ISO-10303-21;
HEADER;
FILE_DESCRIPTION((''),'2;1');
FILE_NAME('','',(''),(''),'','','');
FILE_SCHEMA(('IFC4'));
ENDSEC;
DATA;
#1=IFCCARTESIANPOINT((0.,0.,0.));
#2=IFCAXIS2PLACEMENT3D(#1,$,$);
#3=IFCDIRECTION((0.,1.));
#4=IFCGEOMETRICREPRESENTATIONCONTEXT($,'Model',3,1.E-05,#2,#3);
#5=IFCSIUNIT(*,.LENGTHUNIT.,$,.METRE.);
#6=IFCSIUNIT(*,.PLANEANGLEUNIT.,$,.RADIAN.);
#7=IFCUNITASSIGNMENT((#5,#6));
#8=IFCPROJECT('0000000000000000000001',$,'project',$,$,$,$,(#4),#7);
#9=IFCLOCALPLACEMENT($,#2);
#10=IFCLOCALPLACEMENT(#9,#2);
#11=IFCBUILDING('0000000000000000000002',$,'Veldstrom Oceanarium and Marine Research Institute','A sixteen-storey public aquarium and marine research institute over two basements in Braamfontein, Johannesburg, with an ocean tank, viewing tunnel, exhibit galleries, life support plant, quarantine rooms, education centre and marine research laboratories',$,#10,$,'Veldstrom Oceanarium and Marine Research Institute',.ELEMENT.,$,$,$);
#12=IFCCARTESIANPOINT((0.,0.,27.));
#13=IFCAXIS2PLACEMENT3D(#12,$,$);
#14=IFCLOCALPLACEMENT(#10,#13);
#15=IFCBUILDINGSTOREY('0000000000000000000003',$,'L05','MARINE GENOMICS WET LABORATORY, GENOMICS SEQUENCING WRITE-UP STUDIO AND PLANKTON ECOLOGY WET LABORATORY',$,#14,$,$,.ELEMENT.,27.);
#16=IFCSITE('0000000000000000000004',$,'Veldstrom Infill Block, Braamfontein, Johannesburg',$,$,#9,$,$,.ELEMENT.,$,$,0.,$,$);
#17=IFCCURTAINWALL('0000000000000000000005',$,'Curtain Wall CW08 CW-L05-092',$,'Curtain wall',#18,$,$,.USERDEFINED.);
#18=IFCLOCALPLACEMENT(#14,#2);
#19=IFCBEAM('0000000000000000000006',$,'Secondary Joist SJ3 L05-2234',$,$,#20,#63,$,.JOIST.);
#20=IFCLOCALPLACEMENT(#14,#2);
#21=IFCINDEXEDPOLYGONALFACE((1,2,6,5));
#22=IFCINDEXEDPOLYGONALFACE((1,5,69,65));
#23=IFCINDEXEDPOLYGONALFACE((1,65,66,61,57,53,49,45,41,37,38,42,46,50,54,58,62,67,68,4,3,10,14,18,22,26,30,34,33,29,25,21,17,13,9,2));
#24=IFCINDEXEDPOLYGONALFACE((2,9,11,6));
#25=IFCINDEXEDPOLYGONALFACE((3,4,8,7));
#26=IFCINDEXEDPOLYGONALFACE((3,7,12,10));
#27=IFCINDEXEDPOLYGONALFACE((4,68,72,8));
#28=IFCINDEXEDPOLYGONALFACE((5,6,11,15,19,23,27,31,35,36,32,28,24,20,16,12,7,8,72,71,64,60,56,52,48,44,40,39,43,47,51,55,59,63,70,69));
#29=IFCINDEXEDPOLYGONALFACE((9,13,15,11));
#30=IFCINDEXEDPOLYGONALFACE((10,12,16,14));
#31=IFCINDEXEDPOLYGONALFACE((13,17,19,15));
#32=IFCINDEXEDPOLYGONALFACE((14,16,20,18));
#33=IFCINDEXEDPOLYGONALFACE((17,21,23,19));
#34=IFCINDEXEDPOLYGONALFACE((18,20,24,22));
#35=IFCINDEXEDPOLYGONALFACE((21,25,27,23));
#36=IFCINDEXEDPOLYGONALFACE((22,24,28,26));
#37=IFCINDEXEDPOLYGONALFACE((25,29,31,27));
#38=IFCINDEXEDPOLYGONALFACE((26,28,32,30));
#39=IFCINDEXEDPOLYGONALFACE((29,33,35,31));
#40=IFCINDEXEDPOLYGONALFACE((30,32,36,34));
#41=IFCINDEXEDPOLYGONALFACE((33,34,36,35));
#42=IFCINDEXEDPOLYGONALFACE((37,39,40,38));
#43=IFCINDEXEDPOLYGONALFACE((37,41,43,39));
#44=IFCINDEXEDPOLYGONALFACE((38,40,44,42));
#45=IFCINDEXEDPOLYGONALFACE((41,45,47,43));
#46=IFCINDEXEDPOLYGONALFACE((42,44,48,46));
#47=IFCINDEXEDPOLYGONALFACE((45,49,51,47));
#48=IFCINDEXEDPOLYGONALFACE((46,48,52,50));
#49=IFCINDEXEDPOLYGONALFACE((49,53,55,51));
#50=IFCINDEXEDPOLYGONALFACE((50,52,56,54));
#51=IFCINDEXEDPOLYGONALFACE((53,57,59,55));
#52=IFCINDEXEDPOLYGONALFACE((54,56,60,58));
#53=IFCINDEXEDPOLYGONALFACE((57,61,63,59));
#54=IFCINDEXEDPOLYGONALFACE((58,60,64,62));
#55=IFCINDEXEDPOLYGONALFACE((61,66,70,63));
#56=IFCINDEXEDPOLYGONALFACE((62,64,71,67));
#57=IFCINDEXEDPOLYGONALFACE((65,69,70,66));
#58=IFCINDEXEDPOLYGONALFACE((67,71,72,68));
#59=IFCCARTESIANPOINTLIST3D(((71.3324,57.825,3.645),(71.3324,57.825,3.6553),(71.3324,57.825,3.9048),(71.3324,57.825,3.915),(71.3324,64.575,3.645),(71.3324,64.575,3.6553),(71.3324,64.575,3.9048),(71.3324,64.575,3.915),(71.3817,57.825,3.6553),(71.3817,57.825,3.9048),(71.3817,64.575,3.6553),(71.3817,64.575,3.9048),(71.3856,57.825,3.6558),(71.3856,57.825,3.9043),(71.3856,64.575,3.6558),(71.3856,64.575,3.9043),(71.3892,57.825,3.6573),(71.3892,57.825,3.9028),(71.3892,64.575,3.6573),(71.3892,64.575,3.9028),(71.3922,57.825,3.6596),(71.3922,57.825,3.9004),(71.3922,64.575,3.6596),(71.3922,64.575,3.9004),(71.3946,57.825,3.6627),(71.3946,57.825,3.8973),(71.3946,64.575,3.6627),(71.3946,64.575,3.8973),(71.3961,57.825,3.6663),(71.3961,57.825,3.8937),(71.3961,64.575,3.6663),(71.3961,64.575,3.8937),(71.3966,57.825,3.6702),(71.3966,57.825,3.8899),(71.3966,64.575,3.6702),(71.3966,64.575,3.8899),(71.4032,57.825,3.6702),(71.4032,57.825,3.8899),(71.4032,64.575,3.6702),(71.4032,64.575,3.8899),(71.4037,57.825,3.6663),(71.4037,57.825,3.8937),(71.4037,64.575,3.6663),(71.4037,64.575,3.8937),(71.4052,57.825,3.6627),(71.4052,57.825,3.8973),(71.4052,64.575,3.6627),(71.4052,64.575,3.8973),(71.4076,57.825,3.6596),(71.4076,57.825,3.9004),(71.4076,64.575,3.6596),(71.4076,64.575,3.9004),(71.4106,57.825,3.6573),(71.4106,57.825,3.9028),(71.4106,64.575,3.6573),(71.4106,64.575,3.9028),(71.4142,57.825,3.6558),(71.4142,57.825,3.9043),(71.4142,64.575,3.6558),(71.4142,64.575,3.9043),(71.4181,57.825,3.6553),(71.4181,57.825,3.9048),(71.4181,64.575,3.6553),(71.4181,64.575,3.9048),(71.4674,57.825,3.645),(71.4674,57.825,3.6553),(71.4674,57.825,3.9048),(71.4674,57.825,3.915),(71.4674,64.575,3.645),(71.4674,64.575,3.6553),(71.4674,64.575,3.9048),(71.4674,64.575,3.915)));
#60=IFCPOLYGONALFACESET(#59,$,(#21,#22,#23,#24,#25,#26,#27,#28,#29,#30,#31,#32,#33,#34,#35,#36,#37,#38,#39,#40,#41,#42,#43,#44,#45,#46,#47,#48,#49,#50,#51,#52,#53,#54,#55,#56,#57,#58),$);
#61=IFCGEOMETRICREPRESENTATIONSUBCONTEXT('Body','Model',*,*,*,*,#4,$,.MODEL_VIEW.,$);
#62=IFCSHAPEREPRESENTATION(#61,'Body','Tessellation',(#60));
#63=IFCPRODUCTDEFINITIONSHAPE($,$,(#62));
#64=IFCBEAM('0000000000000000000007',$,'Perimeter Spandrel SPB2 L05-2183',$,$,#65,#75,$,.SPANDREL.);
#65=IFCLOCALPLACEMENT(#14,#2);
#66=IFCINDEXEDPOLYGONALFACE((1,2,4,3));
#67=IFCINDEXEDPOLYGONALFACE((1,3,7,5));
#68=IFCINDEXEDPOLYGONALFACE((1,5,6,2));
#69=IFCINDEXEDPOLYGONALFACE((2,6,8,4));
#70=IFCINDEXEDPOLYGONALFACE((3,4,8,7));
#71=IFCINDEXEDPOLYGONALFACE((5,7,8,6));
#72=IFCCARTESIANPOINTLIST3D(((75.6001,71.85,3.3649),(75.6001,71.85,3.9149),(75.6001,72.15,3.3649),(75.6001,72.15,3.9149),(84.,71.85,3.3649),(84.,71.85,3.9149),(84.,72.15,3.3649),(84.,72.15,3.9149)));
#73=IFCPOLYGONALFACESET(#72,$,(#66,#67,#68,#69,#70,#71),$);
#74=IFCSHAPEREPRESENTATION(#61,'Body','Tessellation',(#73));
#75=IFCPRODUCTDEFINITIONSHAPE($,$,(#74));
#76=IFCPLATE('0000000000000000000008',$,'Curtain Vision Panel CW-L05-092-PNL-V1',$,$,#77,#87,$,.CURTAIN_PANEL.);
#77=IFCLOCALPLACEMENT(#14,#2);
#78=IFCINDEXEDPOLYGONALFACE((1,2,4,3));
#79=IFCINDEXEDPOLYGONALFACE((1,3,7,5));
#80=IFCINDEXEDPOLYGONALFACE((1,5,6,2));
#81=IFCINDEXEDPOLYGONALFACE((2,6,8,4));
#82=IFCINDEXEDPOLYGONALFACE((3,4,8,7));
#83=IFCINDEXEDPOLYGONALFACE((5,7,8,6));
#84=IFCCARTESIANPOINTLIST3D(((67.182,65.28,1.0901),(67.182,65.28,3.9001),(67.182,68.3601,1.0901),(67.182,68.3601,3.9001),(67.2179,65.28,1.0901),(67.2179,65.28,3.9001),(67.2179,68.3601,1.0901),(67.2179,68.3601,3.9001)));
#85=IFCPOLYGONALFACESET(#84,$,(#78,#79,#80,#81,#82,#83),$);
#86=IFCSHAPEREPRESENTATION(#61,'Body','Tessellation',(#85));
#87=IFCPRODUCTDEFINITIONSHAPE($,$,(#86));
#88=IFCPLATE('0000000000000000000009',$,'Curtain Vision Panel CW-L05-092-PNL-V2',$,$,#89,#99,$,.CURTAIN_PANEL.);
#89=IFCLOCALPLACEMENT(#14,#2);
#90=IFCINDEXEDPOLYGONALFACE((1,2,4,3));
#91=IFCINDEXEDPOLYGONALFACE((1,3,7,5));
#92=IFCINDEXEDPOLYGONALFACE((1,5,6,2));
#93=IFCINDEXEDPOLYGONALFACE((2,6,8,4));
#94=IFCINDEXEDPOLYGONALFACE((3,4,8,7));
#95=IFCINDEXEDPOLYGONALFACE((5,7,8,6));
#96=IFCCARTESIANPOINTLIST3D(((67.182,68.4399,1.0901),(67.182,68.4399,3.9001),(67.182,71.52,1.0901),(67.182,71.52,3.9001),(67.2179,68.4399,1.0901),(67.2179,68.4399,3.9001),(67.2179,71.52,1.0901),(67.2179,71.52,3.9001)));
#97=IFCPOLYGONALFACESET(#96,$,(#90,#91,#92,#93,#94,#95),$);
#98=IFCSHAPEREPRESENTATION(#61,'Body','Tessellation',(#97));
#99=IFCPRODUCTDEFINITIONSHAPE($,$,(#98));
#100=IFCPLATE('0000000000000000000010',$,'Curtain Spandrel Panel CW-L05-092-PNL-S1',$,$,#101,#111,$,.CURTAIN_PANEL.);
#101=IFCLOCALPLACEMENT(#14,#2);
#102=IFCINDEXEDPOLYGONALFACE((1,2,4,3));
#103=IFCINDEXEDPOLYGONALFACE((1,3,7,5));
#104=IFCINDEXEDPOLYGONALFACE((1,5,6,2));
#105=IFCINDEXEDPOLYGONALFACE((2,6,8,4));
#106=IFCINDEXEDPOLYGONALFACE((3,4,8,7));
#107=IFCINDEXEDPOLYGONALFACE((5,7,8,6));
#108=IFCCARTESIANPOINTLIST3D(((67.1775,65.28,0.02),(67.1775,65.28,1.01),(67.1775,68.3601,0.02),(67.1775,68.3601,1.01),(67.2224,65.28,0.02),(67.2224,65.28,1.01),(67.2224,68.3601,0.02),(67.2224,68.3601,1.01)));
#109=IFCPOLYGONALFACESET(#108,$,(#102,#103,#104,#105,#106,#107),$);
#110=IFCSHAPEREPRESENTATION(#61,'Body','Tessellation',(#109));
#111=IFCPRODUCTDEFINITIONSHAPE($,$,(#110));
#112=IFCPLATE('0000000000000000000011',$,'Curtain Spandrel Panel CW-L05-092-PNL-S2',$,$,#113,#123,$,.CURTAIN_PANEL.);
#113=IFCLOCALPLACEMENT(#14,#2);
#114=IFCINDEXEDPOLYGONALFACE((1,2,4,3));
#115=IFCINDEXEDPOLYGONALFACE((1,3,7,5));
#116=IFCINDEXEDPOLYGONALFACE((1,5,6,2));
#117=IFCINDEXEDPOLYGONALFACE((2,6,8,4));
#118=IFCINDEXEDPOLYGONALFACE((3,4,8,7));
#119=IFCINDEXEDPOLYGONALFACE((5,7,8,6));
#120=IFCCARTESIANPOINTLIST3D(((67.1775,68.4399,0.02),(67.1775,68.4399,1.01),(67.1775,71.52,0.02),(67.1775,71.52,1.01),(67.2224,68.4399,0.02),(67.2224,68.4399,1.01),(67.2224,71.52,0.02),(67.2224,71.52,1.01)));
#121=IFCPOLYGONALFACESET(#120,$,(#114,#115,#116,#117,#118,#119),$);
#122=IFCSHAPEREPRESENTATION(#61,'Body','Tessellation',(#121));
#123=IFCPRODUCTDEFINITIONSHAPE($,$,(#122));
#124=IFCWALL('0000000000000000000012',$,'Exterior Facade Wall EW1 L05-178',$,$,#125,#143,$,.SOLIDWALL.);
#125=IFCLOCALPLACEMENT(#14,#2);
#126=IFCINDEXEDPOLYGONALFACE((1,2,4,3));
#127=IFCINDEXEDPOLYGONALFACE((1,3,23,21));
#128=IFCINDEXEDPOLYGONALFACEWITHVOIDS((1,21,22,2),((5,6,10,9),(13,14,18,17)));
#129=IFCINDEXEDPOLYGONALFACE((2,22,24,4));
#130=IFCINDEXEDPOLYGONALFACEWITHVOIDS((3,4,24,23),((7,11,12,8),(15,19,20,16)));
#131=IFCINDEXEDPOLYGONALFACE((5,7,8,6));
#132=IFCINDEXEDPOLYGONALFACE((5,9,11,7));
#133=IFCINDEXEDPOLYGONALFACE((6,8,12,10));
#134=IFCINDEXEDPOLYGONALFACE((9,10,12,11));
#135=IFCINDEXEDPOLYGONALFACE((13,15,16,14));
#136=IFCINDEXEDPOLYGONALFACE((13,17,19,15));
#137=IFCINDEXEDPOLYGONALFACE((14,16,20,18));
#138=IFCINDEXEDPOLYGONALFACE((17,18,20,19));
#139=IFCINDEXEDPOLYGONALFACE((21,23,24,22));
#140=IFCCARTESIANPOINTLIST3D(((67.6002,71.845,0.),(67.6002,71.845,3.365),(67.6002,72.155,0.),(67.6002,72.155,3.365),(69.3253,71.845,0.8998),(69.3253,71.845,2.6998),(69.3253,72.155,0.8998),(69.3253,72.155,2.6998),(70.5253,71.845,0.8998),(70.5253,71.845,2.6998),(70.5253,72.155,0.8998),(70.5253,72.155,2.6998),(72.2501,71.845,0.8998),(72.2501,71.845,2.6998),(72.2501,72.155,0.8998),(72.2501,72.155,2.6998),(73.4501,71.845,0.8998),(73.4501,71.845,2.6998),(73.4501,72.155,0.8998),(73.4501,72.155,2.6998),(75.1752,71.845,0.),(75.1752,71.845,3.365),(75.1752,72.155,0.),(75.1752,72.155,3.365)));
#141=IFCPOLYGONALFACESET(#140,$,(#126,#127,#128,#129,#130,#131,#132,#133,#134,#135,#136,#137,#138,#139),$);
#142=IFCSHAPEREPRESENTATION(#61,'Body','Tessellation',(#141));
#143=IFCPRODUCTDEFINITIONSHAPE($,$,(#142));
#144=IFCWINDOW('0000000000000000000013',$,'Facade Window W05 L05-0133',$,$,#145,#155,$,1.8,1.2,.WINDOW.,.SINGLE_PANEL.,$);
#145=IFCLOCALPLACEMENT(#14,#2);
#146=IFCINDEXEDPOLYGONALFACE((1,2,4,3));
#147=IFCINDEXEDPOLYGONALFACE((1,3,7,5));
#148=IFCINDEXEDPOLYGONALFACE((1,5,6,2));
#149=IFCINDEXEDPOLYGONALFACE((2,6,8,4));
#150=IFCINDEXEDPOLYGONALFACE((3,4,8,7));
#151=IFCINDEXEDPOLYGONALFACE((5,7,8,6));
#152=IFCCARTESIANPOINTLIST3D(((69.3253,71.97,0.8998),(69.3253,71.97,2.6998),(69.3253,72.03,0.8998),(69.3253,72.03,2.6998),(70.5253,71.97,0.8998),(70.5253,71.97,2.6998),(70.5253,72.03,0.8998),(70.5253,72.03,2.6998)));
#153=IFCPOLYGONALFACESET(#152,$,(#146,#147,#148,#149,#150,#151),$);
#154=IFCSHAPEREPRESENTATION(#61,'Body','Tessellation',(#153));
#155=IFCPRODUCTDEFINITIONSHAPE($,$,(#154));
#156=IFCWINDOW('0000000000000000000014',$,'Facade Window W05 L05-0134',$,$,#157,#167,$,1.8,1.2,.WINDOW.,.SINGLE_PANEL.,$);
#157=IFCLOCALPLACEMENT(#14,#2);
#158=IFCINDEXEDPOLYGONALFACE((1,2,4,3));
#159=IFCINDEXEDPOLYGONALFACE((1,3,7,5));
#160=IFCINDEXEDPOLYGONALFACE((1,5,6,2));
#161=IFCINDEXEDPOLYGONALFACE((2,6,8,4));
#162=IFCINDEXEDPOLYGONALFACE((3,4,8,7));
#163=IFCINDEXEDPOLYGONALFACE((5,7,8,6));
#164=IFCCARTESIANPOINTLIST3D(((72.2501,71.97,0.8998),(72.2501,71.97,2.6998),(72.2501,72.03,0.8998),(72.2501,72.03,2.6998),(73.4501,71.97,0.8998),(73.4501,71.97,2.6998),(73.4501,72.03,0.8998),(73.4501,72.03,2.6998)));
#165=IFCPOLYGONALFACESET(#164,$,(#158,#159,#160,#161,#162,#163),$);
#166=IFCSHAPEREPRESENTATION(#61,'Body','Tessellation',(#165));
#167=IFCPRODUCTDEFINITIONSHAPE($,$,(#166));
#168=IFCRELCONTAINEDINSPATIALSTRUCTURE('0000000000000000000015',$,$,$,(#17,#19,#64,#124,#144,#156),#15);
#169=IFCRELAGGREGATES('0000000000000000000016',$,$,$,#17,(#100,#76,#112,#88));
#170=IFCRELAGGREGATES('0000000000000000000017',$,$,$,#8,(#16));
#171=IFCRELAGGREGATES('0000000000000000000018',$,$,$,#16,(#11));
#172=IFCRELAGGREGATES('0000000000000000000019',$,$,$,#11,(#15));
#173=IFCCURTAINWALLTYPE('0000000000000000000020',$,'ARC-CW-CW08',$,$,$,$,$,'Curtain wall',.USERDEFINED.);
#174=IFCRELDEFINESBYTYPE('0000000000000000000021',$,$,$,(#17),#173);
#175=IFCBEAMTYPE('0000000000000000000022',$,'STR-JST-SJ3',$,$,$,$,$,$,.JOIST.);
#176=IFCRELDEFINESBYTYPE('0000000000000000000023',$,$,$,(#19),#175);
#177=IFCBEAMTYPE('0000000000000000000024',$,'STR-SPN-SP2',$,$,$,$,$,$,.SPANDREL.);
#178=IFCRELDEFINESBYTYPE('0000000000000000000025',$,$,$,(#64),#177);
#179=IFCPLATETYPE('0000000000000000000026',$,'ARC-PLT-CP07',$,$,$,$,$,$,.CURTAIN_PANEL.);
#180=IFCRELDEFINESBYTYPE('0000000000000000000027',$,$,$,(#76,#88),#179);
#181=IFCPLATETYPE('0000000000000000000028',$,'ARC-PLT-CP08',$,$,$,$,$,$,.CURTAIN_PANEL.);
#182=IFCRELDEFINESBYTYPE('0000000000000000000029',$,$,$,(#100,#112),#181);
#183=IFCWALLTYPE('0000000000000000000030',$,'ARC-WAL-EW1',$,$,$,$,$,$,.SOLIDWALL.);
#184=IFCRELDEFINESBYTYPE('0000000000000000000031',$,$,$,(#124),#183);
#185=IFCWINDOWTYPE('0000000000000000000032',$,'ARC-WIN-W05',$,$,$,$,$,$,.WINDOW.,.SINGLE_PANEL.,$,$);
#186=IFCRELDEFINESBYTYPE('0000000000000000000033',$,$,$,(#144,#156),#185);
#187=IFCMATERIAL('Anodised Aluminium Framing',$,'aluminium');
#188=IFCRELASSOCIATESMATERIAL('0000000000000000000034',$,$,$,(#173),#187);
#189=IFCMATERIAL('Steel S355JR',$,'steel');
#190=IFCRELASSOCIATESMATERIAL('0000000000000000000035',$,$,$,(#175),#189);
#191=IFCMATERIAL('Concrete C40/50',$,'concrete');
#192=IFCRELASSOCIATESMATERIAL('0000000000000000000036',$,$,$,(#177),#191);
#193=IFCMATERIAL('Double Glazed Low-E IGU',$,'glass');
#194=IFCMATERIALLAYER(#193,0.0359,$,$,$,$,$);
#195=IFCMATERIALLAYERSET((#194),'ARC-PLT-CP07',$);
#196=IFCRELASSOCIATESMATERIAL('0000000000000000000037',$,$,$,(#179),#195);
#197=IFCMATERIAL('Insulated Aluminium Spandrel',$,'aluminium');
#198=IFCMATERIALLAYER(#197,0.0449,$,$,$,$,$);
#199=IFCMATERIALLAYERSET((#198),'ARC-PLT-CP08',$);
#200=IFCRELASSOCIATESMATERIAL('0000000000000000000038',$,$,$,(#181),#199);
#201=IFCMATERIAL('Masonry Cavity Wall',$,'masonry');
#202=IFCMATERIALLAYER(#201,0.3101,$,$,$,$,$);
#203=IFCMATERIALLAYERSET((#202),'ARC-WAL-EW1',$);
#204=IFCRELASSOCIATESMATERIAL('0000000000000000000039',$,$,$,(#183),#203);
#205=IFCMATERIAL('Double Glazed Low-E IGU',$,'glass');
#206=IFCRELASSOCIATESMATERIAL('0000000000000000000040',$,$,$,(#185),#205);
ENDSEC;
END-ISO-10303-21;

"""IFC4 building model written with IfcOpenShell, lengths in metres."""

from ifc_helpers import new_model, si_unit, direction, frame, frame_2d, origin, origin_2d, place, context, subcontext, project, spatial, rectangle, i_section, extrude, material, layer, layer_set, material_profile, profile_set, type_object, element, fill, aggregate, save


model = new_model("IFC4")

# Units and contexts
model_context = context("Model", 3, precision=1e-05, world=origin(), true_north=direction((0.0, 1.0)))
body_context = subcontext(model_context, "Body", "Model", "MODEL_VIEW")
ifc_project = project(units=[si_unit("LENGTHUNIT", "METRE"), si_unit("PLANEANGLEUNIT", "RADIAN")], contexts=[model_context])

# Site, building, storey
site_placement = place(None, origin())
site = spatial("IfcSite", under=ifc_project, at=site_placement, Name="Veldstrom Infill Block, Braamfontein, Johannesburg", CompositionType="ELEMENT", RefElevation=0.0)
building_placement = place(site_placement, origin())
building = spatial("IfcBuilding", under=site, at=building_placement, Name="Veldstrom Oceanarium and Marine Research Institute", Description="A sixteen-storey public aquarium and marine research institute over two basements in Braamfontein, Johannesburg, with an ocean tank, viewing tunnel, exhibit galleries, life support plant, quarantine rooms, education centre and marine research laboratories", LongName="Veldstrom Oceanarium and Marine Research Institute", CompositionType="ELEMENT")
storey_placement = place(building_placement, frame((0.0, 0.0, 27.0)))
storey = spatial("IfcBuildingStorey", under=building, at=storey_placement, Name="L05", Description="MARINE GENOMICS WET LABORATORY, GENOMICS SEQUENCING WRITE-UP STUDIO AND PLANKTON ECOLOGY WET LABORATORY", CompositionType="ELEMENT", Elevation=27.0)

# Curtain wall
ifc_material_1 = material(Name="Anodised Aluminium Framing", Category="aluminium")
curtain_wall_type = type_object("IfcCurtainWallType", Name="ARC-CW-CW08", ElementType="Curtain wall", PredefinedType="USERDEFINED", material=ifc_material_1)
curtain_wall_placement = place(storey_placement, origin())
curtain_wall = element("IfcCurtainWall", 1, at=curtain_wall_placement, inside=storey, type_object=curtain_wall_type, Name="Curtain Wall CW08 CW-L05-092", ObjectType="Curtain wall", PredefinedType="USERDEFINED")

# Beams
ifc_material_2 = material(Name="Steel S355JR", Category="steel")
ifc_material_profile_1 = material_profile(ifc_material_2, i_section(OverallWidth=0.135, OverallDepth=0.27, WebThickness=0.0066, FlangeThickness=0.0103, FilletRadius=0.0149, at=origin_2d()), Name="IPE 270")
ifc_profile_set_1 = profile_set([ifc_material_profile_1], Name="Steel S355JR")
beam_type_1 = type_object("IfcBeamType", Name="STR-JST-SJ3", PredefinedType="JOIST", material=ifc_profile_set_1)
beam_1_placement = place(storey_placement, frame((71.3999, 57.825, 3.78), z_axis=(0.0, 1.0, 0.0), x_axis=(-1.0, 0.0, 0.0)))
element("IfcBeam", 2, at=beam_1_placement, inside=storey, type_object=beam_type_1, Name="Secondary Joist SJ3 L05-2234", PredefinedType="JOIST", context=body_context, shape_type="SweptSolid", body=[
    extrude(i_section(OverallWidth=0.135, OverallDepth=0.27, WebThickness=0.0066, FlangeThickness=0.0103, FilletRadius=0.0149, at=origin_2d()), origin(), (0.0, 0.0, 1.0), 6.75),
])
ifc_material_3 = material(Name="Concrete C40/50", Category="concrete")
ifc_material_profile_2 = material_profile(ifc_material_3, rectangle(XDim=0.3, YDim=0.55, at=origin_2d()), Name="RC-SPN-300x550")
ifc_profile_set_2 = profile_set([ifc_material_profile_2], Name="Concrete C40/50")
beam_type_2 = type_object("IfcBeamType", Name="STR-SPN-SP2", PredefinedType="SPANDREL", material=ifc_profile_set_2)
beam_2_placement = place(storey_placement, frame((75.6001, 72.0, 3.6399), z_axis=(1.0, 0.0, 0.0), x_axis=(0.0, 1.0, 0.0)))
element("IfcBeam", 3, at=beam_2_placement, inside=storey, type_object=beam_type_2, Name="Perimeter Spandrel SPB2 L05-2183", PredefinedType="SPANDREL", context=body_context, shape_type="SweptSolid", body=[
    extrude(rectangle(XDim=0.3, YDim=0.55, at=origin_2d()), origin(), (0.0, 0.0, 1.0), 8.3999),
])

# Plates
ifc_material_4 = material(Name="Double Glazed Low-E IGU", Category="glass")
ifc_layer_1 = layer(ifc_material_4, 0.0359)
ifc_layer_set_1 = layer_set([ifc_layer_1], Name="ARC-PLT-CP07")
plate_type_1 = type_object("IfcPlateType", Name="ARC-PLT-CP07", PredefinedType="CURTAIN_PANEL", material=ifc_layer_set_1)
plate_1_placement = place(storey_placement, frame((67.2, 66.8201, 1.0901), z_axis=(0.0, 0.0, 1.0), x_axis=(0.0, 1.0, 0.0)))
plate_1 = element("IfcPlate", 4, at=plate_1_placement, type_object=plate_type_1, Name="Curtain Vision Panel CW-L05-092-PNL-V1", PredefinedType="CURTAIN_PANEL", context=body_context, shape_type="SweptSolid", body=[
    extrude(rectangle(XDim=3.0801, YDim=0.0359, at=origin_2d()), origin(), (0.0, 0.0, 1.0), 2.8101),
])
plate_2_placement = place(storey_placement, frame((67.2, 69.98, 1.0901), z_axis=(0.0, 0.0, 1.0), x_axis=(0.0, 1.0, 0.0)))
plate_2 = element("IfcPlate", 5, at=plate_2_placement, type_object=plate_type_1, Name="Curtain Vision Panel CW-L05-092-PNL-V2", PredefinedType="CURTAIN_PANEL", context=body_context, shape_type="SweptSolid", body=[
    extrude(rectangle(XDim=3.0801, YDim=0.0359, at=origin_2d()), origin(), (0.0, 0.0, 1.0), 2.8101),
])
ifc_material_5 = material(Name="Insulated Aluminium Spandrel", Category="aluminium")
ifc_layer_2 = layer(ifc_material_5, 0.0449)
ifc_layer_set_2 = layer_set([ifc_layer_2], Name="ARC-PLT-CP08")
plate_type_2 = type_object("IfcPlateType", Name="ARC-PLT-CP08", PredefinedType="CURTAIN_PANEL", material=ifc_layer_set_2)
plate_3_placement = place(storey_placement, frame((67.2, 66.8201, 0.02), z_axis=(0.0, 0.0, 1.0), x_axis=(0.0, 1.0, 0.0)))
plate_3 = element("IfcPlate", 6, at=plate_3_placement, type_object=plate_type_2, Name="Curtain Spandrel Panel CW-L05-092-PNL-S1", PredefinedType="CURTAIN_PANEL", context=body_context, shape_type="SweptSolid", body=[
    extrude(rectangle(XDim=3.0801, YDim=0.0449, at=origin_2d()), origin(), (0.0, 0.0, 1.0), 0.99),
])
plate_4_placement = place(storey_placement, frame((67.2, 69.98, 0.02), z_axis=(0.0, 0.0, 1.0), x_axis=(0.0, 1.0, 0.0)))
plate_4 = element("IfcPlate", 7, at=plate_4_placement, type_object=plate_type_2, Name="Curtain Spandrel Panel CW-L05-092-PNL-S2", PredefinedType="CURTAIN_PANEL", context=body_context, shape_type="SweptSolid", body=[
    extrude(rectangle(XDim=3.0801, YDim=0.0449, at=origin_2d()), origin(), (0.0, 0.0, 1.0), 0.99),
])
aggregate(curtain_wall, [plate_3, plate_1, plate_4, plate_2])

# Wall, openings, windows
ifc_material_6 = material(Name="Masonry Cavity Wall", Category="masonry")
ifc_layer_3 = layer(ifc_material_6, 0.3101)
ifc_layer_set_3 = layer_set([ifc_layer_3], Name="ARC-WAL-EW1")
wall_type_1 = type_object("IfcWallType", Name="ARC-WAL-EW1", PredefinedType="SOLIDWALL", material=ifc_layer_set_3)
wall_1_placement = place(storey_placement, frame((67.6001, 72.0, 0.0), z_axis=(0.0, 0.0, 1.0), x_axis=(1.0, 0.0, 0.0)))
wall_1 = element("IfcWall", 8, at=wall_1_placement, inside=storey, type_object=wall_type_1, Name="Exterior Facade Wall EW1 L05-178", PredefinedType="SOLIDWALL", context=body_context, shape_type="SweptSolid", body=[
    extrude(rectangle(XDim=7.575, YDim=0.3101, at=frame_2d((3.7876, 0.0))), origin(), (0.0, 0.0, 1.0), 3.365),
])
opening_1_placement = place(wall_1_placement, frame((1.7251, 0.0, 0.8999)))
opening_1 = element("IfcOpeningElement", 9, at=opening_1_placement, cuts=wall_1, PredefinedType="OPENING", context=body_context, shape_type="SweptSolid", body=[
    extrude(rectangle(XDim=1.2, YDim=1.8, at=frame_2d((0.6001, 0.8999))), frame((0.0, 0.165, 0.0), z_axis=(0.0, -1.0, 0.0), x_axis=(1.0, 0.0, 0.0)), (0.0, 0.0, 1.0), 0.3301),
])
opening_2_placement = place(wall_1_placement, frame((4.6499, 0.0, 0.8999)))
opening_2 = element("IfcOpeningElement", 10, at=opening_2_placement, cuts=wall_1, PredefinedType="OPENING", context=body_context, shape_type="SweptSolid", body=[
    extrude(rectangle(XDim=1.2, YDim=1.8, at=frame_2d((0.6001, 0.8999))), frame((0.0, 0.165, 0.0), z_axis=(0.0, -1.0, 0.0), x_axis=(1.0, 0.0, 0.0)), (0.0, 0.0, 1.0), 0.3301),
])
ifc_material_7 = material(Name="Double Glazed Low-E IGU", Category="glass")
window_type = type_object("IfcWindowType", Name="ARC-WIN-W05", PartitioningType="SINGLE_PANEL", PredefinedType="WINDOW", material=ifc_material_7)
window_1_placement = place(opening_1_placement, origin())
window_1 = element("IfcWindow", 11, at=window_1_placement, inside=storey, type_object=window_type, Name="Facade Window W05 L05-0133", OverallHeight=1.8, OverallWidth=1.2, PartitioningType="SINGLE_PANEL", PredefinedType="WINDOW", context=body_context, shape_type="SweptSolid", body=[
    extrude(rectangle(XDim=1.2, YDim=1.8, at=frame_2d((0.6001, 0.8999))), frame((0.0, 0.03, 0.0), z_axis=(0.0, -1.0, 0.0), x_axis=(1.0, 0.0, 0.0)), (0.0, 0.0, 1.0), 0.0601),
])
fill(opening_1, window_1)
window_2_placement = place(opening_2_placement, origin())
window_2 = element("IfcWindow", 12, at=window_2_placement, inside=storey, type_object=window_type, Name="Facade Window W05 L05-0134", OverallHeight=1.8, OverallWidth=1.2, PartitioningType="SINGLE_PANEL", PredefinedType="WINDOW", context=body_context, shape_type="SweptSolid", body=[
    extrude(rectangle(XDim=1.2, YDim=1.8, at=frame_2d((0.6001, 0.8999))), frame((0.0, 0.03, 0.0), z_axis=(0.0, -1.0, 0.0), x_axis=(1.0, 0.0, 0.0)), (0.0, 0.0, 1.0), 0.0601),
])
fill(opening_2, window_2)

save(model, "model.ifc")
